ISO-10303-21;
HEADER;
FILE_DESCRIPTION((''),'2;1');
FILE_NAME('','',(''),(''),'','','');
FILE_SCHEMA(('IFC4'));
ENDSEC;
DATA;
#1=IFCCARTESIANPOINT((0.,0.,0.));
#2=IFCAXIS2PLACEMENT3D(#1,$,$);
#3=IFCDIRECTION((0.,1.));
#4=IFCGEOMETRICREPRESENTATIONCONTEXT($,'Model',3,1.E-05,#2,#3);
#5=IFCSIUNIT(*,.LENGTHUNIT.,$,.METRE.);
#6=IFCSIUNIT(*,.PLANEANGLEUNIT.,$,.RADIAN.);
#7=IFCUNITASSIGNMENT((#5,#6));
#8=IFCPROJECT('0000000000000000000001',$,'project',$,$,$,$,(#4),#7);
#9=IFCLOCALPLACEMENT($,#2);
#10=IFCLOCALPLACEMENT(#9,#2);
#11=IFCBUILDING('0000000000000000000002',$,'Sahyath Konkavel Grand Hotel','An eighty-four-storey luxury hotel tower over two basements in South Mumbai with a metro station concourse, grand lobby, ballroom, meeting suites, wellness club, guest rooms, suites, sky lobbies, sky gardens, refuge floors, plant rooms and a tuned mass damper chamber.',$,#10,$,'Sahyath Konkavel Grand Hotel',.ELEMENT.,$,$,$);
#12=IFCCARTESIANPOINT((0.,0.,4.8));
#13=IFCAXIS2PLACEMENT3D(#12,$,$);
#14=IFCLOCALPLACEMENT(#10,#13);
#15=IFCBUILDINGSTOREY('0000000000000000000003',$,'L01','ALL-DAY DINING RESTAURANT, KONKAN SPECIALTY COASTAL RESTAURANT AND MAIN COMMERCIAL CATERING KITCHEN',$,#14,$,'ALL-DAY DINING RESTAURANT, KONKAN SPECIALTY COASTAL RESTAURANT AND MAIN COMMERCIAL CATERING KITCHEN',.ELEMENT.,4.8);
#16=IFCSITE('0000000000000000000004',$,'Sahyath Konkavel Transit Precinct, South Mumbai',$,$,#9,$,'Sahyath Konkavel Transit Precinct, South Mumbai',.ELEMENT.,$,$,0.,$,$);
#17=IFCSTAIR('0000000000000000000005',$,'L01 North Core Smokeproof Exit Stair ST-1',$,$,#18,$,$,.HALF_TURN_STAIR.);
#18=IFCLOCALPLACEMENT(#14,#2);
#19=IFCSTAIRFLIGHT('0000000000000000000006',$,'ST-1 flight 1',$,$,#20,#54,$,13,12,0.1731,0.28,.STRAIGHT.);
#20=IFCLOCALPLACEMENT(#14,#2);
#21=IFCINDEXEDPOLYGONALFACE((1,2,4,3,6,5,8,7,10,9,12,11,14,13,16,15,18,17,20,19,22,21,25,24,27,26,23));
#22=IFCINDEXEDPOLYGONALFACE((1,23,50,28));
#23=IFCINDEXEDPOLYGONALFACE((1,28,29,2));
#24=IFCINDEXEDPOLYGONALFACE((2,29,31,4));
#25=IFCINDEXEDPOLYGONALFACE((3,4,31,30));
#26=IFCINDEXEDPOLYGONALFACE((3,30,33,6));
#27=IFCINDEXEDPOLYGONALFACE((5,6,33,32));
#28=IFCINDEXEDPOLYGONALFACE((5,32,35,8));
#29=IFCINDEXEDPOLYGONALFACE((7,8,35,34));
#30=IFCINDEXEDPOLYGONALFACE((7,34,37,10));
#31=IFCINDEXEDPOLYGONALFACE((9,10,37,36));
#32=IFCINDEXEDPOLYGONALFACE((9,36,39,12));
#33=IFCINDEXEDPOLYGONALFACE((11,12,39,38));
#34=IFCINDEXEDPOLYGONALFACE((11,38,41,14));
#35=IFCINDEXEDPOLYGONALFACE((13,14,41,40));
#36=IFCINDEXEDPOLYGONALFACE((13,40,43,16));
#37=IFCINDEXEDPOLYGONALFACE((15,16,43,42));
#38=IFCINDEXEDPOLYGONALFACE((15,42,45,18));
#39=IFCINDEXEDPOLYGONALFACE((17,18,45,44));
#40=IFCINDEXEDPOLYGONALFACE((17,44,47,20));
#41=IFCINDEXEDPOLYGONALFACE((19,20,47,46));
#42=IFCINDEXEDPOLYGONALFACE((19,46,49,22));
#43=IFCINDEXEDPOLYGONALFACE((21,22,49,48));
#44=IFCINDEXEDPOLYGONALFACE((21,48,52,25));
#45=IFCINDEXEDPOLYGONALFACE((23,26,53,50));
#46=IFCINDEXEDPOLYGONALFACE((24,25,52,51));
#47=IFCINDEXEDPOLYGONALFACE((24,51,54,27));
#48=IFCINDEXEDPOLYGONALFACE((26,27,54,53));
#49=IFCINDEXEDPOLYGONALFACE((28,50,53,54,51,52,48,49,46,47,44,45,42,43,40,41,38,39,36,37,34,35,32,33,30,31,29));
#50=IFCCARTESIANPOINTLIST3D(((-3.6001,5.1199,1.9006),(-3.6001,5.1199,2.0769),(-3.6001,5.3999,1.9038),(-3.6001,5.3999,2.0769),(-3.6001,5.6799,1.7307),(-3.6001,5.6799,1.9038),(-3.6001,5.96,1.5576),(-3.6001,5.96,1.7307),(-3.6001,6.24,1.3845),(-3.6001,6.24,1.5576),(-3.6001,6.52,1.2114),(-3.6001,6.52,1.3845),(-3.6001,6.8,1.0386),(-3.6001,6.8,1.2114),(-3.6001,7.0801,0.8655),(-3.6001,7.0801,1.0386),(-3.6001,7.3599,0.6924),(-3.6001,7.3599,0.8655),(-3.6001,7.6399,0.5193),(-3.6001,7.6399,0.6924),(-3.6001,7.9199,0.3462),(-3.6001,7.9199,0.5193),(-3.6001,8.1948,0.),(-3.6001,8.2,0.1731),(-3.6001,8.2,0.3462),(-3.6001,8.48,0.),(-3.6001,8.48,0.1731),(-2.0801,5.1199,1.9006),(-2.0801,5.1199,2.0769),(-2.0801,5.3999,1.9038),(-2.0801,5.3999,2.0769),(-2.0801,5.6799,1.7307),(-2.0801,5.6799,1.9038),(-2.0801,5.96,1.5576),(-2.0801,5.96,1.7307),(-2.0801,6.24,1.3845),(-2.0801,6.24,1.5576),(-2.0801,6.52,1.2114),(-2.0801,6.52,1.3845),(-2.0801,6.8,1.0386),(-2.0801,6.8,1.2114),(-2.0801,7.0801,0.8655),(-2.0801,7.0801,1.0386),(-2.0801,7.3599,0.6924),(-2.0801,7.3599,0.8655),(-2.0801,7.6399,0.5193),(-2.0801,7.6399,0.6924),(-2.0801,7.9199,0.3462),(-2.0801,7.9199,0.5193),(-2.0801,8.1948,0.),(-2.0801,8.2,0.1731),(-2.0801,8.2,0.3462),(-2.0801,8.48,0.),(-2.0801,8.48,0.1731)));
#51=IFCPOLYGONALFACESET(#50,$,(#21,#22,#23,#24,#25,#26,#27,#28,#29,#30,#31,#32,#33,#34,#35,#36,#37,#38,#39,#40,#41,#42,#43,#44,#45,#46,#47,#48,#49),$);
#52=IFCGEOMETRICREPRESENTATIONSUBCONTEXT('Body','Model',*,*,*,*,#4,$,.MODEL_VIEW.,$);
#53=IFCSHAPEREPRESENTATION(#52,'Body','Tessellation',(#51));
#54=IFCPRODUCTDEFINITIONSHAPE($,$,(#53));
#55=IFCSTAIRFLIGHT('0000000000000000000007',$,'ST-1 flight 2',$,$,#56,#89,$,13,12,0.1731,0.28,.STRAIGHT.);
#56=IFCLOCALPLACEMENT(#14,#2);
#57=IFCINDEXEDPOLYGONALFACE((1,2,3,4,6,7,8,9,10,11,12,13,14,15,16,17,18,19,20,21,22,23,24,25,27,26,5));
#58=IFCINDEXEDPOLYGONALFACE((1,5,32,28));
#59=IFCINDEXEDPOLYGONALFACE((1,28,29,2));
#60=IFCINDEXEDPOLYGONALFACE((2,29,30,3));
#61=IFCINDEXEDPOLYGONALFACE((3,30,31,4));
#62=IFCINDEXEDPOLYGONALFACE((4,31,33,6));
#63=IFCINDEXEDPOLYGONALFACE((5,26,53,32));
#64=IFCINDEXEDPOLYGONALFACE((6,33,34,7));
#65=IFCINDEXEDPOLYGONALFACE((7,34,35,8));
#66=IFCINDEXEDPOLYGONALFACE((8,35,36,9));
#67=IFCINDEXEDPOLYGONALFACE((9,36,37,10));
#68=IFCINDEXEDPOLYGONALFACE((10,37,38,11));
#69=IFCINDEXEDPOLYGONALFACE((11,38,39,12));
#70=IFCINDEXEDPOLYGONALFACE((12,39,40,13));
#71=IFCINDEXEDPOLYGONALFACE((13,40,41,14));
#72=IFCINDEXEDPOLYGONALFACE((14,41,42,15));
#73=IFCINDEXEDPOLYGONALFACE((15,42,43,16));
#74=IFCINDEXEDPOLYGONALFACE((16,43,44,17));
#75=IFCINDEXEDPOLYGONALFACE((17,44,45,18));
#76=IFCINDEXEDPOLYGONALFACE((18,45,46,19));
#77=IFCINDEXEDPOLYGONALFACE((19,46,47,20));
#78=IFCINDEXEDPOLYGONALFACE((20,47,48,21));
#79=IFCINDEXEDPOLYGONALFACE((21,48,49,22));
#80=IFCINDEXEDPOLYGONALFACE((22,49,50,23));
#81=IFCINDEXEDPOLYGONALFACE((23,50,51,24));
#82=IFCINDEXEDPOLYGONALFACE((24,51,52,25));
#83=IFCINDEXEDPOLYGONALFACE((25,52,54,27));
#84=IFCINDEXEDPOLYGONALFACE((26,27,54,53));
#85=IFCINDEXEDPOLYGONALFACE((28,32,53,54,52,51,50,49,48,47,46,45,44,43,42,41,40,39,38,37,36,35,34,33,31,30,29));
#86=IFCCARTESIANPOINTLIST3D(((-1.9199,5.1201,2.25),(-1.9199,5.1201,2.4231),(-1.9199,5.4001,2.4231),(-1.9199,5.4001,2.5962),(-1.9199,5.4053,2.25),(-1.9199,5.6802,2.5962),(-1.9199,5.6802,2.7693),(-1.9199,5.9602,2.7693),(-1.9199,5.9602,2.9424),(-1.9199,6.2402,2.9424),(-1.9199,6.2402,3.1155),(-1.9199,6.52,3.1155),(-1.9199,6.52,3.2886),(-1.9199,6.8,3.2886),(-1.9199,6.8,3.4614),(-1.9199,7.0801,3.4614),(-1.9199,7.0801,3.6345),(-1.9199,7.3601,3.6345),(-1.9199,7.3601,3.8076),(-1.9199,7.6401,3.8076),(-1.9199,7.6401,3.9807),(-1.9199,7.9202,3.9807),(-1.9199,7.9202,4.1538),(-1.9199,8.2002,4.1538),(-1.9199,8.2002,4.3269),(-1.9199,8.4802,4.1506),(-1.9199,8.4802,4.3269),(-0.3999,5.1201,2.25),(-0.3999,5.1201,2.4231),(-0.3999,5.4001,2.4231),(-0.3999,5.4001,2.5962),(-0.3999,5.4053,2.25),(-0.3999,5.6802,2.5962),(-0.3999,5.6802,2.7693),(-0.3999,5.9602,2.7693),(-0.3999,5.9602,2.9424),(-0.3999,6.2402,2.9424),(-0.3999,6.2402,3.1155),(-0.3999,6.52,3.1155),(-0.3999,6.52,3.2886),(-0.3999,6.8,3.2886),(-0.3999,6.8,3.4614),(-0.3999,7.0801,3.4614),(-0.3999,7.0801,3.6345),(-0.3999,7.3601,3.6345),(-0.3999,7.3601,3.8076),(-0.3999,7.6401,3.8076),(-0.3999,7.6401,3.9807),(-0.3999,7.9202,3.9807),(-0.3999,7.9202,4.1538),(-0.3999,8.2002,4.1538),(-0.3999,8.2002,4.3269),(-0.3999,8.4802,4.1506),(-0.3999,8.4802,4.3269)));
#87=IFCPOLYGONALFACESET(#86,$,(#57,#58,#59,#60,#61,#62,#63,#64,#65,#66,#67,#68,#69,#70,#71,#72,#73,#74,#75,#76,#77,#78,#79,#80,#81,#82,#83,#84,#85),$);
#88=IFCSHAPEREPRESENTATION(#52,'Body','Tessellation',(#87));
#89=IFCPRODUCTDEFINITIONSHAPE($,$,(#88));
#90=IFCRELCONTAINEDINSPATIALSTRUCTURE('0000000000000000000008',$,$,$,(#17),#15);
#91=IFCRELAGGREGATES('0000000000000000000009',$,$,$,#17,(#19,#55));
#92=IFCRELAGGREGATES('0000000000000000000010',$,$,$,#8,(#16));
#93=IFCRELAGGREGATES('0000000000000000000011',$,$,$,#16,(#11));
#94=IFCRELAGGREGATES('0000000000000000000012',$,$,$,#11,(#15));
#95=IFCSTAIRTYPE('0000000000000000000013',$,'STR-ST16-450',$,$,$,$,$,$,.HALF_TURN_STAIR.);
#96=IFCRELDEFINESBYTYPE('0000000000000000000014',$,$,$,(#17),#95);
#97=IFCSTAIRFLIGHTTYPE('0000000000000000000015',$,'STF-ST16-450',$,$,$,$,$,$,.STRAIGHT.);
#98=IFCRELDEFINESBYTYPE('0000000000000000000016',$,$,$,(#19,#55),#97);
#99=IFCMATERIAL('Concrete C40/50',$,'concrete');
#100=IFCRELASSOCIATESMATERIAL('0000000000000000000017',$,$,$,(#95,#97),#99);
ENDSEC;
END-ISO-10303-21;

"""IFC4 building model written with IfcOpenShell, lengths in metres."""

from ifc_helpers import new_model, si_unit, direction, frame, origin, place, context, subcontext, project, spatial, polyline, outline, extrude, material, type_object, element, aggregate, save


model = new_model("IFC4")

# Units and contexts
model_context = context("Model", 3, precision=1e-05, world=origin(), true_north=direction((0.0, 1.0)))
body_context = subcontext(model_context, "Body", "Model", "MODEL_VIEW")
ifc_project = project(units=[si_unit("LENGTHUNIT", "METRE"), si_unit("PLANEANGLEUNIT", "RADIAN")], contexts=[model_context])

# Site, building, storey
site_placement = place(None, origin())
site = spatial("IfcSite", under=ifc_project, at=site_placement, Name="Sahyath Konkavel Transit Precinct, South Mumbai", LongName="Sahyath Konkavel Transit Precinct, South Mumbai", CompositionType="ELEMENT", RefElevation=0.0)
building_placement = place(site_placement, origin())
building = spatial("IfcBuilding", under=site, at=building_placement, Name="Sahyath Konkavel Grand Hotel", Description="An eighty-four-storey luxury hotel tower over two basements in South Mumbai with a metro station concourse, grand lobby, ballroom, meeting suites, wellness club, guest rooms, suites, sky lobbies, sky gardens, refuge floors, plant rooms and a tuned mass damper chamber.", LongName="Sahyath Konkavel Grand Hotel", CompositionType="ELEMENT")
storey_placement = place(building_placement, frame((0.0, 0.0, 4.8)))
storey = spatial("IfcBuildingStorey", under=building, at=storey_placement, Name="L01", Description="ALL-DAY DINING RESTAURANT, KONKAN SPECIALTY COASTAL RESTAURANT AND MAIN COMMERCIAL CATERING KITCHEN", LongName="ALL-DAY DINING RESTAURANT, KONKAN SPECIALTY COASTAL RESTAURANT AND MAIN COMMERCIAL CATERING KITCHEN", CompositionType="ELEMENT", Elevation=4.8)

# Stair
ifc_material_1 = material(Name="Concrete C40/50", Category="concrete")
stair_type = type_object("IfcStairType", Name="STR-ST16-450", PredefinedType="HALF_TURN_STAIR", material=ifc_material_1)
stair_1_placement = place(storey_placement, origin())
stair_1 = element("IfcStair", 1, at=stair_1_placement, inside=storey, type_object=stair_type, Name="L01 North Core Smokeproof Exit Stair ST-1", PredefinedType="HALF_TURN_STAIR")

# Stair flights
stair_flight_type = type_object("IfcStairFlightType", Name="STF-ST16-450", PredefinedType="STRAIGHT", material=ifc_material_1)
stair_flight_1_placement = place(storey_placement, frame((-2.8401, 8.48, 0.0), z_axis=(0.0, 0.0, 1.0), x_axis=(0.0, -1.0, 0.0)))
stair_flight_1 = element("IfcStairFlight", 2, at=stair_flight_1_placement, type_object=stair_flight_type, Name="ST-1 flight 1", NumberOfRisers=13, NumberOfTreads=12, PredefinedType="STRAIGHT", RiserHeight=0.1731, TreadLength=0.28, context=body_context, shape_type="SweptSolid", body=[
    extrude(outline(polyline([(0.0, 0.0), (0.0, 0.1731), (0.28, 0.1731), (0.28, 0.3462), (0.5601, 0.3462), (0.5601, 0.5193), (0.8401, 0.5193), (0.8401, 0.6924), (1.1201, 0.6924), (1.1201, 0.8655), (1.3999, 0.8655), (1.3999, 1.0386), (1.6799, 1.0386), (1.6799, 1.2114), (1.96, 1.2114), (1.96, 1.3845), (2.24, 1.3845), (2.24, 1.5576), (2.52, 1.5576), (2.52, 1.7307), (2.8, 1.7307), (2.8, 1.9038), (3.0801, 1.9038), (3.0801, 2.0769), (3.3601, 2.0769), (3.3601, 2.25), (3.3601, 1.9006), (0.2852, 0.0), (0.0, 0.0)])), frame((0.0, 0.76, 0.0), z_axis=(0.0, -1.0, 0.0), x_axis=(1.0, 0.0, 0.0)), (0.0, 0.0, 1.0), 1.52),
])
stair_flight_2_placement = place(storey_placement, frame((-1.1599, 5.1201, 2.25), z_axis=(0.0, 0.0, 1.0), x_axis=(0.0, 1.0, 0.0)))
stair_flight_2 = element("IfcStairFlight", 3, at=stair_flight_2_placement, type_object=stair_flight_type, Name="ST-1 flight 2", NumberOfRisers=13, NumberOfTreads=12, PredefinedType="STRAIGHT", RiserHeight=0.1731, TreadLength=0.28, context=body_context, shape_type="SweptSolid", body=[
    extrude(outline(polyline([(0.0, 0.0), (0.0, 0.1731), (0.28, 0.1731), (0.28, 0.3462), (0.5601, 0.3462), (0.5601, 0.5193), (0.8401, 0.5193), (0.8401, 0.6924), (1.1201, 0.6924), (1.1201, 0.8655), (1.3999, 0.8655), (1.3999, 1.0386), (1.6799, 1.0386), (1.6799, 1.2114), (1.96, 1.2114), (1.96, 1.3845), (2.24, 1.3845), (2.24, 1.5576), (2.52, 1.5576), (2.52, 1.7307), (2.8, 1.7307), (2.8, 1.9038), (3.0801, 1.9038), (3.0801, 2.0769), (3.3601, 2.0769), (3.3601, 2.25), (3.3601, 1.9006), (0.2852, 0.0), (0.0, 0.0)])), frame((0.0, 0.76, 0.0), z_axis=(0.0, -1.0, 0.0), x_axis=(1.0, 0.0, 0.0)), (0.0, 0.0, 1.0), 1.52),
])
aggregate(stair_1, [stair_flight_1, stair_flight_2])

save(model, "model.ifc")
